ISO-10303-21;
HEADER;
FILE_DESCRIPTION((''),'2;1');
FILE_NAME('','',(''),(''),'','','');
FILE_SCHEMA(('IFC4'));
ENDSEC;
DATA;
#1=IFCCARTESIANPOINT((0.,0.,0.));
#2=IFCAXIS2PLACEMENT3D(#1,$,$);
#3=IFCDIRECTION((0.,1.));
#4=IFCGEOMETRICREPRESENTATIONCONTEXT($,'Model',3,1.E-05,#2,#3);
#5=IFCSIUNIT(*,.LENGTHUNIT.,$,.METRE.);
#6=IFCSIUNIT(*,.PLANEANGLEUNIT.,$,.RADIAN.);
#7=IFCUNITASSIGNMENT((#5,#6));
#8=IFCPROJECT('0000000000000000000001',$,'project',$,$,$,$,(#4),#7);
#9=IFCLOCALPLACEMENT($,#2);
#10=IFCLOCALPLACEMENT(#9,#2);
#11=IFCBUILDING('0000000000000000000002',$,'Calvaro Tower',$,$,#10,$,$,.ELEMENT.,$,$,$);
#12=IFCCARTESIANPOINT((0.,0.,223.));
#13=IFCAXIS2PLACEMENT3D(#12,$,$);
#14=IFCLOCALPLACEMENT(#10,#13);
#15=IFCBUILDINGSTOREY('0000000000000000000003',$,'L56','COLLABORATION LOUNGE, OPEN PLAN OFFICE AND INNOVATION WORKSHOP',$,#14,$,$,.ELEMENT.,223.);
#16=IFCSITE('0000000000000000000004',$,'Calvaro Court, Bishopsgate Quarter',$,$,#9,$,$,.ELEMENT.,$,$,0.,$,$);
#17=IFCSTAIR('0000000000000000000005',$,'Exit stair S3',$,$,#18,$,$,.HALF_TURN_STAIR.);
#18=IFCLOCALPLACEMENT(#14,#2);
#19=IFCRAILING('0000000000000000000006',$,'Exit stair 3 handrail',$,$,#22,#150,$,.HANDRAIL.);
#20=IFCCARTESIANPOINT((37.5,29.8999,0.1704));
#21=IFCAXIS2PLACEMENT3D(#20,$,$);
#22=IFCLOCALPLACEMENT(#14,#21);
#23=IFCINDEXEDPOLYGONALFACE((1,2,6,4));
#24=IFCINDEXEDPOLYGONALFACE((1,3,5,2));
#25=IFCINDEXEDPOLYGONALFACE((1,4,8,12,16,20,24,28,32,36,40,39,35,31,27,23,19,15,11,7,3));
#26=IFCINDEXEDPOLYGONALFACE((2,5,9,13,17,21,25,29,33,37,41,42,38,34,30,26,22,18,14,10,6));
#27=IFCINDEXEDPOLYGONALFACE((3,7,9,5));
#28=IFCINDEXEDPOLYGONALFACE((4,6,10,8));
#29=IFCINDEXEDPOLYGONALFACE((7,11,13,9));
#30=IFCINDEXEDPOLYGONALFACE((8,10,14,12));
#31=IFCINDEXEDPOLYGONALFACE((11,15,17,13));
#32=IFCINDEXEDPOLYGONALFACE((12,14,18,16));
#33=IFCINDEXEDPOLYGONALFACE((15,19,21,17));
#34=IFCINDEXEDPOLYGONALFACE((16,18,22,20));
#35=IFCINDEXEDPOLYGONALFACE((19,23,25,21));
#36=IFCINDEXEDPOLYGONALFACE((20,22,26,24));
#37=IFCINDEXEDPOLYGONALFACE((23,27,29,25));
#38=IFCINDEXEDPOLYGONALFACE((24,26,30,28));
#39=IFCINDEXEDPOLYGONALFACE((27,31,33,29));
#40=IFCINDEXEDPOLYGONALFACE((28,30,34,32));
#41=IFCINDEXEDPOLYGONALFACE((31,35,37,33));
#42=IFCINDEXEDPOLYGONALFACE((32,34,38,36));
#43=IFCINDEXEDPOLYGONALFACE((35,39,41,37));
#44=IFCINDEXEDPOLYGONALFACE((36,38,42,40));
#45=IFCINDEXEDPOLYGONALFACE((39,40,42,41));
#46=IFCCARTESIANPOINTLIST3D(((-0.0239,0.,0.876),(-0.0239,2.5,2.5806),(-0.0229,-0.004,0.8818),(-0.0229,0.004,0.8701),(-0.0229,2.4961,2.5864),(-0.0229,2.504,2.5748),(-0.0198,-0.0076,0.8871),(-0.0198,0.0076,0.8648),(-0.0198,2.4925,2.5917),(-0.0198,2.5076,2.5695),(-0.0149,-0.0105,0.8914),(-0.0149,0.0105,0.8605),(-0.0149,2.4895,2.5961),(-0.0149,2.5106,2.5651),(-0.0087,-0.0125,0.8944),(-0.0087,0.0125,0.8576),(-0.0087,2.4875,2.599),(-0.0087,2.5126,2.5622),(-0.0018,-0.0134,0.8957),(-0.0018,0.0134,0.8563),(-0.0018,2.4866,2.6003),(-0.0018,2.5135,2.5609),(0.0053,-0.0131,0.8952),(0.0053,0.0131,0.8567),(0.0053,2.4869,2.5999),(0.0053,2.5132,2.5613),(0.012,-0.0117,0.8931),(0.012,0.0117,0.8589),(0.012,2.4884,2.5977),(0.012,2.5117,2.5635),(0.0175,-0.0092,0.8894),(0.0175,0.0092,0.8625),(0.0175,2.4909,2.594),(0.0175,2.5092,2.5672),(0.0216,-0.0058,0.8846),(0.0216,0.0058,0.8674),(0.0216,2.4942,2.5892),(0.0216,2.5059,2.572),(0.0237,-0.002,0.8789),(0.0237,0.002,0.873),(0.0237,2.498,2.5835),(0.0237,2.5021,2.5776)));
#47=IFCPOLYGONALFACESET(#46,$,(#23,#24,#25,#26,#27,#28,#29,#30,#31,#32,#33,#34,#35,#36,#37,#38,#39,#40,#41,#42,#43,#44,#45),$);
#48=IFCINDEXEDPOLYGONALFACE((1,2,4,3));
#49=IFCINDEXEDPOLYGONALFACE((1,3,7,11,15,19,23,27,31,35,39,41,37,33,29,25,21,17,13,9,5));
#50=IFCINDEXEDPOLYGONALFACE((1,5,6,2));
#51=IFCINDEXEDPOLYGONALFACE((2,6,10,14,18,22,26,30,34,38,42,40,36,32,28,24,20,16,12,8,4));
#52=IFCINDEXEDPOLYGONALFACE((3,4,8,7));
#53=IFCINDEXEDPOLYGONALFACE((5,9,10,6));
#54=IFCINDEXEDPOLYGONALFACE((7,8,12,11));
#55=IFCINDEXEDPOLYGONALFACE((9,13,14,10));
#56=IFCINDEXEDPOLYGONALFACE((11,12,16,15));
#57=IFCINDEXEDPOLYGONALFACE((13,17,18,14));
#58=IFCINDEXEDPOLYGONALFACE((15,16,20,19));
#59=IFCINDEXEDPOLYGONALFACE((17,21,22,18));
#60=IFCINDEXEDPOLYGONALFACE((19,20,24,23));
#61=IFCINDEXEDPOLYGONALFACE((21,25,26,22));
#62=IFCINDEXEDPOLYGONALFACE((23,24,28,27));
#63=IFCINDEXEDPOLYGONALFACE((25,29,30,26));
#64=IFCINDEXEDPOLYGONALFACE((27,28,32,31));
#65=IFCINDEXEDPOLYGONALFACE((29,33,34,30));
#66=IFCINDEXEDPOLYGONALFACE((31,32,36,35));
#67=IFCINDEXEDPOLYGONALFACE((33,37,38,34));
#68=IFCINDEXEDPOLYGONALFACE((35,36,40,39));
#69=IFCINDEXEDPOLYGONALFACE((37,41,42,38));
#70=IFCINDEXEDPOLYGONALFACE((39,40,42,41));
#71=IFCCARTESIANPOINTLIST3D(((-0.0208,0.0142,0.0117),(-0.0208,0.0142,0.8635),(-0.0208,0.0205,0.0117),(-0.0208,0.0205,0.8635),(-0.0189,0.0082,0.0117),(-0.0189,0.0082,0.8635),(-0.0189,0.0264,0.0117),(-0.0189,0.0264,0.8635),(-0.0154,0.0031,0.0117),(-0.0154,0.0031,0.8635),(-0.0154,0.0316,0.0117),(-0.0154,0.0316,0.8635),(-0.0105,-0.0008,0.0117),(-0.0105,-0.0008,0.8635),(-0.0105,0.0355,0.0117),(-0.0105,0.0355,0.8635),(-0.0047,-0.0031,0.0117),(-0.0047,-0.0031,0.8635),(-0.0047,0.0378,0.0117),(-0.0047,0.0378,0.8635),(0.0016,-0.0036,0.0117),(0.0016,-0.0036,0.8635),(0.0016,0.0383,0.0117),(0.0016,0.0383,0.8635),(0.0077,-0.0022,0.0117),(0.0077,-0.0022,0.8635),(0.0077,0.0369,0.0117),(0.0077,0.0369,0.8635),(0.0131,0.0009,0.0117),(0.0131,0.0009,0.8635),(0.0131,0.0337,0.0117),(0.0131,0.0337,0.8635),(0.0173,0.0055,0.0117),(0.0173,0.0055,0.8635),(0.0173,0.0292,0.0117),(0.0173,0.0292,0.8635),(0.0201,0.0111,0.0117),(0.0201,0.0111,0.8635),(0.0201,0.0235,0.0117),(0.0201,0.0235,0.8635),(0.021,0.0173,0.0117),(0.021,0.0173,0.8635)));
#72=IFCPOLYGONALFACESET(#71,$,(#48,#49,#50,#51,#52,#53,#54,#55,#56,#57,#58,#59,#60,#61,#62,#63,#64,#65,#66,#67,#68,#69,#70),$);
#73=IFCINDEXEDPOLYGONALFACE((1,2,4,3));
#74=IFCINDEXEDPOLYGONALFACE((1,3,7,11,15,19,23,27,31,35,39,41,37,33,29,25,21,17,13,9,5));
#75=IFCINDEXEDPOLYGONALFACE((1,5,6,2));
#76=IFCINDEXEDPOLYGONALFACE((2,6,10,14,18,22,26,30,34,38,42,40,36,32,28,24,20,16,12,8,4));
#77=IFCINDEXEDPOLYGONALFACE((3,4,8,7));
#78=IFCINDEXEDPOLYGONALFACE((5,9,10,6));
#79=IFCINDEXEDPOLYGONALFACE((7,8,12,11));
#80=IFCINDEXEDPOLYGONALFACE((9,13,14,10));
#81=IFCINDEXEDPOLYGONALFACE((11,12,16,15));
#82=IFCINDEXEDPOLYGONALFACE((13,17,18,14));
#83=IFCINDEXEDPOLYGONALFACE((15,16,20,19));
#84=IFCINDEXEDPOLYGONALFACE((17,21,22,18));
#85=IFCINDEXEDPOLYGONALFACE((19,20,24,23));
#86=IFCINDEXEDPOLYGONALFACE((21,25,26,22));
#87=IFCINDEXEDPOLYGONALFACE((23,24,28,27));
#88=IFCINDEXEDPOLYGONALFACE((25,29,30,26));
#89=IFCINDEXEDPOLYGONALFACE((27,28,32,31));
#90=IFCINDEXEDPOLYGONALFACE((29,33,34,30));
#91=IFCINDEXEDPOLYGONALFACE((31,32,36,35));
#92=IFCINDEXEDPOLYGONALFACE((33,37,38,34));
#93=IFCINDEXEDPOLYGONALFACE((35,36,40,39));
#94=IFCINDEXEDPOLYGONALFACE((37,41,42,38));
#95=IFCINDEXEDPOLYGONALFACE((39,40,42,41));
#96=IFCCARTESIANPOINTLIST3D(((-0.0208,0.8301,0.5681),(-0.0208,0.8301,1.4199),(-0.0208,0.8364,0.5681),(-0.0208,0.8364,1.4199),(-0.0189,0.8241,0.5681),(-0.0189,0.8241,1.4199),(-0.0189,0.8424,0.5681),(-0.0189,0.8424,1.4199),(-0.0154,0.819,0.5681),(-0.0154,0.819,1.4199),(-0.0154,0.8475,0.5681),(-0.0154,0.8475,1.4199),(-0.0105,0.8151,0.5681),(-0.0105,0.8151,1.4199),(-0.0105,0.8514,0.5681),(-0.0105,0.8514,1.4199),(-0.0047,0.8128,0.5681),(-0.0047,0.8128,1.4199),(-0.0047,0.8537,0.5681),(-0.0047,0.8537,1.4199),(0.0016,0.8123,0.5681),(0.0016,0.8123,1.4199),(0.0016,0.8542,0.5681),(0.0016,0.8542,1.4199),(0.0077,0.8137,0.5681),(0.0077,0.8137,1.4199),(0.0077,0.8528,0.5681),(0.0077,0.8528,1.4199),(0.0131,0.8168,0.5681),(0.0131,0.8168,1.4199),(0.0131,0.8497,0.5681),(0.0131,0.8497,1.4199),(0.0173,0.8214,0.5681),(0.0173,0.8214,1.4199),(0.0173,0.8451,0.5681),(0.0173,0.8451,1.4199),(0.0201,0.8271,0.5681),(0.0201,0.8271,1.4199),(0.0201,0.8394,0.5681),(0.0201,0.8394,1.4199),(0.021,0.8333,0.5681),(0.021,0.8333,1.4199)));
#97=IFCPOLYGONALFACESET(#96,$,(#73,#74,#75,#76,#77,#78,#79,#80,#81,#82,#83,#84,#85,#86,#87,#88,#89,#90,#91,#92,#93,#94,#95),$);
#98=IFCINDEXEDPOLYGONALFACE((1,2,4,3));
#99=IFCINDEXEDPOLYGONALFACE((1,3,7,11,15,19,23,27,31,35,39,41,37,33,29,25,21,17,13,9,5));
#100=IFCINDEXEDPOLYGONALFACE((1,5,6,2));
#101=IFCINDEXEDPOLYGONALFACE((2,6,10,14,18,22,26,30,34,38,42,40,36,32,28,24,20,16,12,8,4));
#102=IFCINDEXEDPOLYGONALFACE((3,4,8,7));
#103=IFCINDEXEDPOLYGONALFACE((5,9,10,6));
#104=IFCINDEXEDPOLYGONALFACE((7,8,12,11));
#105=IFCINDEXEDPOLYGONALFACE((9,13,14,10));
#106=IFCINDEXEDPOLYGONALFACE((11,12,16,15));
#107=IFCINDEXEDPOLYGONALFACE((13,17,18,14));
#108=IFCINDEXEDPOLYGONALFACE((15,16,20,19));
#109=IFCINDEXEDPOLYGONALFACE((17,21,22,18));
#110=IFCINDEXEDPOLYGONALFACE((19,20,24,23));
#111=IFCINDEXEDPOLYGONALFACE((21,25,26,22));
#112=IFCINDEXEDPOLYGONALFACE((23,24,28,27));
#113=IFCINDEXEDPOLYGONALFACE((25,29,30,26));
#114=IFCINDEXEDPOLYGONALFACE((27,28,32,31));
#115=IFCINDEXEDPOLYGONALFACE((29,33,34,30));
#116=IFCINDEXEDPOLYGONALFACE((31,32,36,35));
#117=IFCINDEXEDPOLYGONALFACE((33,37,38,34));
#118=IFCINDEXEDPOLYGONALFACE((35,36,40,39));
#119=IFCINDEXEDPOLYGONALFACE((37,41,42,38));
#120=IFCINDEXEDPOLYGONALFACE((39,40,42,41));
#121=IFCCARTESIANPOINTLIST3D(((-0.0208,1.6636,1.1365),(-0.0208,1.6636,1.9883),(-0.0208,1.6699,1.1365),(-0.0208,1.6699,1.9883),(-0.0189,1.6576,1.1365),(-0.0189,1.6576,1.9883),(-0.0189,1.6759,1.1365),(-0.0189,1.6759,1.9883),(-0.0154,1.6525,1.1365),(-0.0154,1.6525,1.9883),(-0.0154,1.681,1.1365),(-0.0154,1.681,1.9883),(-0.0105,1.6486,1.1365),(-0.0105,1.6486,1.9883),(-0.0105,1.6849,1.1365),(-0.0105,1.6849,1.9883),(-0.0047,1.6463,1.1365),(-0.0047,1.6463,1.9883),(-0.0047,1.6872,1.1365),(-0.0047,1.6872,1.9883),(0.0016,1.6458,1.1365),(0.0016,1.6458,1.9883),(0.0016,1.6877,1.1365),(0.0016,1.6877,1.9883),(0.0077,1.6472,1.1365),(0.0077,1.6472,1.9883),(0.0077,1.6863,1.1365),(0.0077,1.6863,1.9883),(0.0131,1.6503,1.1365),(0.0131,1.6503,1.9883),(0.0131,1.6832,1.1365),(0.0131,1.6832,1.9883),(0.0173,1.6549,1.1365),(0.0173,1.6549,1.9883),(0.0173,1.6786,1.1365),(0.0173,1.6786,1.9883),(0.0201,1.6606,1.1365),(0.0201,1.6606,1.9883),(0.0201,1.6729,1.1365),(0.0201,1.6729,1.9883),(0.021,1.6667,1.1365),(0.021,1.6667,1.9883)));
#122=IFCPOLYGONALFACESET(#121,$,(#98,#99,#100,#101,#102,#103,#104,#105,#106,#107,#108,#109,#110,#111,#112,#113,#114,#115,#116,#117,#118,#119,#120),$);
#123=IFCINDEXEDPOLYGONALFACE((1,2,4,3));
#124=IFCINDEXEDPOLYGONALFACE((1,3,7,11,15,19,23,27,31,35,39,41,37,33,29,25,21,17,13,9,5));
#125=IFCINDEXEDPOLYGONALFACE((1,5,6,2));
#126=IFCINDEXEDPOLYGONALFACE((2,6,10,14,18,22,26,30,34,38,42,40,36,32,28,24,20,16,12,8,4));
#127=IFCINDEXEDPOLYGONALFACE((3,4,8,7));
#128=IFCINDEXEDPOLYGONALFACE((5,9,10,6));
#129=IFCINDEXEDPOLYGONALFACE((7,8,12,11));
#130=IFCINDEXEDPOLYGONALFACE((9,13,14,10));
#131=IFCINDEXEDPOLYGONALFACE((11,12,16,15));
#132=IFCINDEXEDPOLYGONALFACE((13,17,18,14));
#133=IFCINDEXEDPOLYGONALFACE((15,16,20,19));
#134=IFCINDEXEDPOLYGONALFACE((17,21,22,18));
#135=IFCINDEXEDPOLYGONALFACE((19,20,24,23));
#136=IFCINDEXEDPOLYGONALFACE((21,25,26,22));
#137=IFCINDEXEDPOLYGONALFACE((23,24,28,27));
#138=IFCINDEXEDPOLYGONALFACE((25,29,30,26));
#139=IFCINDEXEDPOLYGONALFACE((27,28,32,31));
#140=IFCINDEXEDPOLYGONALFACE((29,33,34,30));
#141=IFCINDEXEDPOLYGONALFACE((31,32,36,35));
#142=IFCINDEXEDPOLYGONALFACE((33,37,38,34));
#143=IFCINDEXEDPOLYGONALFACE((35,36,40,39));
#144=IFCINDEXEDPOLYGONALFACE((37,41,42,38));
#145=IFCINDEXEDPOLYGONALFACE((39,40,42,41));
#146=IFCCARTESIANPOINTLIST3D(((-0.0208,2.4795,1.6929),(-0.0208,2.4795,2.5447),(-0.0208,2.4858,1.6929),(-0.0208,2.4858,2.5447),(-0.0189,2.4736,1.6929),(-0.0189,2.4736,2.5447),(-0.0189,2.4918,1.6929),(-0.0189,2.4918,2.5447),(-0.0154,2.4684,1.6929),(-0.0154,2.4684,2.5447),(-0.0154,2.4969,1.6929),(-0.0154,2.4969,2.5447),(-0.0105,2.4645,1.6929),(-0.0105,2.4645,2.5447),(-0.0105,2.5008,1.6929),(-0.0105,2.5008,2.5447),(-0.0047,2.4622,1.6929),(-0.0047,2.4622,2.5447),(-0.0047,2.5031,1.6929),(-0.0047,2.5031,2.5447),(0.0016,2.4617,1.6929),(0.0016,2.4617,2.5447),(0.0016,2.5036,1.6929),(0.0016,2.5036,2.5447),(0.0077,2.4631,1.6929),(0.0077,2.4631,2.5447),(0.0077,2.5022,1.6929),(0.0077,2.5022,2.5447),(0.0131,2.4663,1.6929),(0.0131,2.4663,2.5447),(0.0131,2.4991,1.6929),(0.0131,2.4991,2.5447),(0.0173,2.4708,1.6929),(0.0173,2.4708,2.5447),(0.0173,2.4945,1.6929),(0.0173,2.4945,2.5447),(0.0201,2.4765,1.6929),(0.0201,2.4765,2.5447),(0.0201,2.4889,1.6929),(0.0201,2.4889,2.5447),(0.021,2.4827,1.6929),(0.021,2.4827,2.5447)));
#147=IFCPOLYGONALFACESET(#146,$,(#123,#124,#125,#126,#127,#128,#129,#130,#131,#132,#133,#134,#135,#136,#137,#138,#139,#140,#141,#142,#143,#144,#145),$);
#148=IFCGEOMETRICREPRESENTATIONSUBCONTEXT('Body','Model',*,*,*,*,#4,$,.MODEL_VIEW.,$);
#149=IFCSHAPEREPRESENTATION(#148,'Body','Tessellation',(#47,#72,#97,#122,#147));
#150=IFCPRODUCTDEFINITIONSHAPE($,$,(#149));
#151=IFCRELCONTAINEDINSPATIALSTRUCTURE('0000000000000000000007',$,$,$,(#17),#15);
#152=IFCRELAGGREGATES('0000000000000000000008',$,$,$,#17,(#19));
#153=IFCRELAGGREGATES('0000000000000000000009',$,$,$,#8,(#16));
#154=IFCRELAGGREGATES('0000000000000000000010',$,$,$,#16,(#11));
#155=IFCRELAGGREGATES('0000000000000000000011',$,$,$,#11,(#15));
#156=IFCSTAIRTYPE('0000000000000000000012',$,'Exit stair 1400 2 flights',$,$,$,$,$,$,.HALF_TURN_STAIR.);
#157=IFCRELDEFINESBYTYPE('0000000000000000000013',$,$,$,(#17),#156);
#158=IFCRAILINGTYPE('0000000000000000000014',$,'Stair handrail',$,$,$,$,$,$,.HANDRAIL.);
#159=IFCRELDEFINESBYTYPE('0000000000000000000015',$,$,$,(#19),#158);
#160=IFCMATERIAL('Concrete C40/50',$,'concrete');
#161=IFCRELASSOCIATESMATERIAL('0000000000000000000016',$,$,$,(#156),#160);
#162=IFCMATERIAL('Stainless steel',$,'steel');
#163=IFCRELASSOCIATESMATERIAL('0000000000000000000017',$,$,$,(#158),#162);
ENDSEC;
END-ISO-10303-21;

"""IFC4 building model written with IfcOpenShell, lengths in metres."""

from ifc_helpers import new_model, si_unit, direction, frame, origin, origin_2d, place, context, subcontext, project, spatial, circle, extrude, material, type_object, element, aggregate, save


model = new_model("IFC4")

# Units and contexts
model_context = context("Model", 3, precision=1e-05, world=origin(), true_north=direction((0.0, 1.0)))
body_context = subcontext(model_context, "Body", "Model", "MODEL_VIEW")
ifc_project = project(units=[si_unit("LENGTHUNIT", "METRE"), si_unit("PLANEANGLEUNIT", "RADIAN")], contexts=[model_context])

# Site, building, storey
site_placement = place(None, origin())
site = spatial("IfcSite", under=ifc_project, at=site_placement, Name="Calvaro Court, Bishopsgate Quarter", CompositionType="ELEMENT", RefElevation=0.0)
building_placement = place(site_placement, origin())
building = spatial("IfcBuilding", under=site, at=building_placement, Name="Calvaro Tower", CompositionType="ELEMENT")
storey_placement = place(building_placement, frame((0.0, 0.0, 223.0)))
storey = spatial("IfcBuildingStorey", under=building, at=storey_placement, Name="L56", Description="COLLABORATION LOUNGE, OPEN PLAN OFFICE AND INNOVATION WORKSHOP", CompositionType="ELEMENT", Elevation=223.0)

# Stair
ifc_material_1 = material(Name="Concrete C40/50", Category="concrete")
stair_type = type_object("IfcStairType", Name="Exit stair 1400 2 flights", PredefinedType="HALF_TURN_STAIR", material=ifc_material_1)
stair_1_placement = place(storey_placement, origin())
stair_1 = element("IfcStair", 1, at=stair_1_placement, inside=storey, type_object=stair_type, Name="Exit stair S3", PredefinedType="HALF_TURN_STAIR")

# Railing
ifc_material_2 = material(Name="Stainless steel", Category="steel")
railing_type = type_object("IfcRailingType", Name="Stair handrail", PredefinedType="HANDRAIL", material=ifc_material_2)
railing_1_placement = place(storey_placement, frame((37.5, 29.8999, 0.1704)))
railing_1 = element("IfcRailing", 2, at=railing_1_placement, type_object=railing_type, Name="Exit stair 3 handrail", PredefinedType="HANDRAIL", context=body_context, shape_type="SweptSolid", body=[
    extrude(circle(Radius=0.0239, at=origin_2d()), frame((0.0, 0.0, 0.876), z_axis=(0.0, 0.826221, 0.563347), x_axis=(-1.0, 0.0, 0.0)), (0.0, 0.0, 1.0), 3.0259),
    extrude(circle(Radius=0.021, at=origin_2d()), frame((0.0, 0.0173, 0.0117)), (0.0, 0.0, 1.0), 0.8518),
    extrude(circle(Radius=0.021, at=origin_2d()), frame((0.0, 0.8333, 0.5681)), (0.0, 0.0, 1.0), 0.8518),
    extrude(circle(Radius=0.021, at=origin_2d()), frame((0.0, 1.6667, 1.1365)), (0.0, 0.0, 1.0), 0.8518),
    extrude(circle(Radius=0.021, at=origin_2d()), frame((0.0, 2.4827, 1.6929)), (0.0, 0.0, 1.0), 0.8518),
])
aggregate(stair_1, [railing_1])

save(model, "model.ifc")
